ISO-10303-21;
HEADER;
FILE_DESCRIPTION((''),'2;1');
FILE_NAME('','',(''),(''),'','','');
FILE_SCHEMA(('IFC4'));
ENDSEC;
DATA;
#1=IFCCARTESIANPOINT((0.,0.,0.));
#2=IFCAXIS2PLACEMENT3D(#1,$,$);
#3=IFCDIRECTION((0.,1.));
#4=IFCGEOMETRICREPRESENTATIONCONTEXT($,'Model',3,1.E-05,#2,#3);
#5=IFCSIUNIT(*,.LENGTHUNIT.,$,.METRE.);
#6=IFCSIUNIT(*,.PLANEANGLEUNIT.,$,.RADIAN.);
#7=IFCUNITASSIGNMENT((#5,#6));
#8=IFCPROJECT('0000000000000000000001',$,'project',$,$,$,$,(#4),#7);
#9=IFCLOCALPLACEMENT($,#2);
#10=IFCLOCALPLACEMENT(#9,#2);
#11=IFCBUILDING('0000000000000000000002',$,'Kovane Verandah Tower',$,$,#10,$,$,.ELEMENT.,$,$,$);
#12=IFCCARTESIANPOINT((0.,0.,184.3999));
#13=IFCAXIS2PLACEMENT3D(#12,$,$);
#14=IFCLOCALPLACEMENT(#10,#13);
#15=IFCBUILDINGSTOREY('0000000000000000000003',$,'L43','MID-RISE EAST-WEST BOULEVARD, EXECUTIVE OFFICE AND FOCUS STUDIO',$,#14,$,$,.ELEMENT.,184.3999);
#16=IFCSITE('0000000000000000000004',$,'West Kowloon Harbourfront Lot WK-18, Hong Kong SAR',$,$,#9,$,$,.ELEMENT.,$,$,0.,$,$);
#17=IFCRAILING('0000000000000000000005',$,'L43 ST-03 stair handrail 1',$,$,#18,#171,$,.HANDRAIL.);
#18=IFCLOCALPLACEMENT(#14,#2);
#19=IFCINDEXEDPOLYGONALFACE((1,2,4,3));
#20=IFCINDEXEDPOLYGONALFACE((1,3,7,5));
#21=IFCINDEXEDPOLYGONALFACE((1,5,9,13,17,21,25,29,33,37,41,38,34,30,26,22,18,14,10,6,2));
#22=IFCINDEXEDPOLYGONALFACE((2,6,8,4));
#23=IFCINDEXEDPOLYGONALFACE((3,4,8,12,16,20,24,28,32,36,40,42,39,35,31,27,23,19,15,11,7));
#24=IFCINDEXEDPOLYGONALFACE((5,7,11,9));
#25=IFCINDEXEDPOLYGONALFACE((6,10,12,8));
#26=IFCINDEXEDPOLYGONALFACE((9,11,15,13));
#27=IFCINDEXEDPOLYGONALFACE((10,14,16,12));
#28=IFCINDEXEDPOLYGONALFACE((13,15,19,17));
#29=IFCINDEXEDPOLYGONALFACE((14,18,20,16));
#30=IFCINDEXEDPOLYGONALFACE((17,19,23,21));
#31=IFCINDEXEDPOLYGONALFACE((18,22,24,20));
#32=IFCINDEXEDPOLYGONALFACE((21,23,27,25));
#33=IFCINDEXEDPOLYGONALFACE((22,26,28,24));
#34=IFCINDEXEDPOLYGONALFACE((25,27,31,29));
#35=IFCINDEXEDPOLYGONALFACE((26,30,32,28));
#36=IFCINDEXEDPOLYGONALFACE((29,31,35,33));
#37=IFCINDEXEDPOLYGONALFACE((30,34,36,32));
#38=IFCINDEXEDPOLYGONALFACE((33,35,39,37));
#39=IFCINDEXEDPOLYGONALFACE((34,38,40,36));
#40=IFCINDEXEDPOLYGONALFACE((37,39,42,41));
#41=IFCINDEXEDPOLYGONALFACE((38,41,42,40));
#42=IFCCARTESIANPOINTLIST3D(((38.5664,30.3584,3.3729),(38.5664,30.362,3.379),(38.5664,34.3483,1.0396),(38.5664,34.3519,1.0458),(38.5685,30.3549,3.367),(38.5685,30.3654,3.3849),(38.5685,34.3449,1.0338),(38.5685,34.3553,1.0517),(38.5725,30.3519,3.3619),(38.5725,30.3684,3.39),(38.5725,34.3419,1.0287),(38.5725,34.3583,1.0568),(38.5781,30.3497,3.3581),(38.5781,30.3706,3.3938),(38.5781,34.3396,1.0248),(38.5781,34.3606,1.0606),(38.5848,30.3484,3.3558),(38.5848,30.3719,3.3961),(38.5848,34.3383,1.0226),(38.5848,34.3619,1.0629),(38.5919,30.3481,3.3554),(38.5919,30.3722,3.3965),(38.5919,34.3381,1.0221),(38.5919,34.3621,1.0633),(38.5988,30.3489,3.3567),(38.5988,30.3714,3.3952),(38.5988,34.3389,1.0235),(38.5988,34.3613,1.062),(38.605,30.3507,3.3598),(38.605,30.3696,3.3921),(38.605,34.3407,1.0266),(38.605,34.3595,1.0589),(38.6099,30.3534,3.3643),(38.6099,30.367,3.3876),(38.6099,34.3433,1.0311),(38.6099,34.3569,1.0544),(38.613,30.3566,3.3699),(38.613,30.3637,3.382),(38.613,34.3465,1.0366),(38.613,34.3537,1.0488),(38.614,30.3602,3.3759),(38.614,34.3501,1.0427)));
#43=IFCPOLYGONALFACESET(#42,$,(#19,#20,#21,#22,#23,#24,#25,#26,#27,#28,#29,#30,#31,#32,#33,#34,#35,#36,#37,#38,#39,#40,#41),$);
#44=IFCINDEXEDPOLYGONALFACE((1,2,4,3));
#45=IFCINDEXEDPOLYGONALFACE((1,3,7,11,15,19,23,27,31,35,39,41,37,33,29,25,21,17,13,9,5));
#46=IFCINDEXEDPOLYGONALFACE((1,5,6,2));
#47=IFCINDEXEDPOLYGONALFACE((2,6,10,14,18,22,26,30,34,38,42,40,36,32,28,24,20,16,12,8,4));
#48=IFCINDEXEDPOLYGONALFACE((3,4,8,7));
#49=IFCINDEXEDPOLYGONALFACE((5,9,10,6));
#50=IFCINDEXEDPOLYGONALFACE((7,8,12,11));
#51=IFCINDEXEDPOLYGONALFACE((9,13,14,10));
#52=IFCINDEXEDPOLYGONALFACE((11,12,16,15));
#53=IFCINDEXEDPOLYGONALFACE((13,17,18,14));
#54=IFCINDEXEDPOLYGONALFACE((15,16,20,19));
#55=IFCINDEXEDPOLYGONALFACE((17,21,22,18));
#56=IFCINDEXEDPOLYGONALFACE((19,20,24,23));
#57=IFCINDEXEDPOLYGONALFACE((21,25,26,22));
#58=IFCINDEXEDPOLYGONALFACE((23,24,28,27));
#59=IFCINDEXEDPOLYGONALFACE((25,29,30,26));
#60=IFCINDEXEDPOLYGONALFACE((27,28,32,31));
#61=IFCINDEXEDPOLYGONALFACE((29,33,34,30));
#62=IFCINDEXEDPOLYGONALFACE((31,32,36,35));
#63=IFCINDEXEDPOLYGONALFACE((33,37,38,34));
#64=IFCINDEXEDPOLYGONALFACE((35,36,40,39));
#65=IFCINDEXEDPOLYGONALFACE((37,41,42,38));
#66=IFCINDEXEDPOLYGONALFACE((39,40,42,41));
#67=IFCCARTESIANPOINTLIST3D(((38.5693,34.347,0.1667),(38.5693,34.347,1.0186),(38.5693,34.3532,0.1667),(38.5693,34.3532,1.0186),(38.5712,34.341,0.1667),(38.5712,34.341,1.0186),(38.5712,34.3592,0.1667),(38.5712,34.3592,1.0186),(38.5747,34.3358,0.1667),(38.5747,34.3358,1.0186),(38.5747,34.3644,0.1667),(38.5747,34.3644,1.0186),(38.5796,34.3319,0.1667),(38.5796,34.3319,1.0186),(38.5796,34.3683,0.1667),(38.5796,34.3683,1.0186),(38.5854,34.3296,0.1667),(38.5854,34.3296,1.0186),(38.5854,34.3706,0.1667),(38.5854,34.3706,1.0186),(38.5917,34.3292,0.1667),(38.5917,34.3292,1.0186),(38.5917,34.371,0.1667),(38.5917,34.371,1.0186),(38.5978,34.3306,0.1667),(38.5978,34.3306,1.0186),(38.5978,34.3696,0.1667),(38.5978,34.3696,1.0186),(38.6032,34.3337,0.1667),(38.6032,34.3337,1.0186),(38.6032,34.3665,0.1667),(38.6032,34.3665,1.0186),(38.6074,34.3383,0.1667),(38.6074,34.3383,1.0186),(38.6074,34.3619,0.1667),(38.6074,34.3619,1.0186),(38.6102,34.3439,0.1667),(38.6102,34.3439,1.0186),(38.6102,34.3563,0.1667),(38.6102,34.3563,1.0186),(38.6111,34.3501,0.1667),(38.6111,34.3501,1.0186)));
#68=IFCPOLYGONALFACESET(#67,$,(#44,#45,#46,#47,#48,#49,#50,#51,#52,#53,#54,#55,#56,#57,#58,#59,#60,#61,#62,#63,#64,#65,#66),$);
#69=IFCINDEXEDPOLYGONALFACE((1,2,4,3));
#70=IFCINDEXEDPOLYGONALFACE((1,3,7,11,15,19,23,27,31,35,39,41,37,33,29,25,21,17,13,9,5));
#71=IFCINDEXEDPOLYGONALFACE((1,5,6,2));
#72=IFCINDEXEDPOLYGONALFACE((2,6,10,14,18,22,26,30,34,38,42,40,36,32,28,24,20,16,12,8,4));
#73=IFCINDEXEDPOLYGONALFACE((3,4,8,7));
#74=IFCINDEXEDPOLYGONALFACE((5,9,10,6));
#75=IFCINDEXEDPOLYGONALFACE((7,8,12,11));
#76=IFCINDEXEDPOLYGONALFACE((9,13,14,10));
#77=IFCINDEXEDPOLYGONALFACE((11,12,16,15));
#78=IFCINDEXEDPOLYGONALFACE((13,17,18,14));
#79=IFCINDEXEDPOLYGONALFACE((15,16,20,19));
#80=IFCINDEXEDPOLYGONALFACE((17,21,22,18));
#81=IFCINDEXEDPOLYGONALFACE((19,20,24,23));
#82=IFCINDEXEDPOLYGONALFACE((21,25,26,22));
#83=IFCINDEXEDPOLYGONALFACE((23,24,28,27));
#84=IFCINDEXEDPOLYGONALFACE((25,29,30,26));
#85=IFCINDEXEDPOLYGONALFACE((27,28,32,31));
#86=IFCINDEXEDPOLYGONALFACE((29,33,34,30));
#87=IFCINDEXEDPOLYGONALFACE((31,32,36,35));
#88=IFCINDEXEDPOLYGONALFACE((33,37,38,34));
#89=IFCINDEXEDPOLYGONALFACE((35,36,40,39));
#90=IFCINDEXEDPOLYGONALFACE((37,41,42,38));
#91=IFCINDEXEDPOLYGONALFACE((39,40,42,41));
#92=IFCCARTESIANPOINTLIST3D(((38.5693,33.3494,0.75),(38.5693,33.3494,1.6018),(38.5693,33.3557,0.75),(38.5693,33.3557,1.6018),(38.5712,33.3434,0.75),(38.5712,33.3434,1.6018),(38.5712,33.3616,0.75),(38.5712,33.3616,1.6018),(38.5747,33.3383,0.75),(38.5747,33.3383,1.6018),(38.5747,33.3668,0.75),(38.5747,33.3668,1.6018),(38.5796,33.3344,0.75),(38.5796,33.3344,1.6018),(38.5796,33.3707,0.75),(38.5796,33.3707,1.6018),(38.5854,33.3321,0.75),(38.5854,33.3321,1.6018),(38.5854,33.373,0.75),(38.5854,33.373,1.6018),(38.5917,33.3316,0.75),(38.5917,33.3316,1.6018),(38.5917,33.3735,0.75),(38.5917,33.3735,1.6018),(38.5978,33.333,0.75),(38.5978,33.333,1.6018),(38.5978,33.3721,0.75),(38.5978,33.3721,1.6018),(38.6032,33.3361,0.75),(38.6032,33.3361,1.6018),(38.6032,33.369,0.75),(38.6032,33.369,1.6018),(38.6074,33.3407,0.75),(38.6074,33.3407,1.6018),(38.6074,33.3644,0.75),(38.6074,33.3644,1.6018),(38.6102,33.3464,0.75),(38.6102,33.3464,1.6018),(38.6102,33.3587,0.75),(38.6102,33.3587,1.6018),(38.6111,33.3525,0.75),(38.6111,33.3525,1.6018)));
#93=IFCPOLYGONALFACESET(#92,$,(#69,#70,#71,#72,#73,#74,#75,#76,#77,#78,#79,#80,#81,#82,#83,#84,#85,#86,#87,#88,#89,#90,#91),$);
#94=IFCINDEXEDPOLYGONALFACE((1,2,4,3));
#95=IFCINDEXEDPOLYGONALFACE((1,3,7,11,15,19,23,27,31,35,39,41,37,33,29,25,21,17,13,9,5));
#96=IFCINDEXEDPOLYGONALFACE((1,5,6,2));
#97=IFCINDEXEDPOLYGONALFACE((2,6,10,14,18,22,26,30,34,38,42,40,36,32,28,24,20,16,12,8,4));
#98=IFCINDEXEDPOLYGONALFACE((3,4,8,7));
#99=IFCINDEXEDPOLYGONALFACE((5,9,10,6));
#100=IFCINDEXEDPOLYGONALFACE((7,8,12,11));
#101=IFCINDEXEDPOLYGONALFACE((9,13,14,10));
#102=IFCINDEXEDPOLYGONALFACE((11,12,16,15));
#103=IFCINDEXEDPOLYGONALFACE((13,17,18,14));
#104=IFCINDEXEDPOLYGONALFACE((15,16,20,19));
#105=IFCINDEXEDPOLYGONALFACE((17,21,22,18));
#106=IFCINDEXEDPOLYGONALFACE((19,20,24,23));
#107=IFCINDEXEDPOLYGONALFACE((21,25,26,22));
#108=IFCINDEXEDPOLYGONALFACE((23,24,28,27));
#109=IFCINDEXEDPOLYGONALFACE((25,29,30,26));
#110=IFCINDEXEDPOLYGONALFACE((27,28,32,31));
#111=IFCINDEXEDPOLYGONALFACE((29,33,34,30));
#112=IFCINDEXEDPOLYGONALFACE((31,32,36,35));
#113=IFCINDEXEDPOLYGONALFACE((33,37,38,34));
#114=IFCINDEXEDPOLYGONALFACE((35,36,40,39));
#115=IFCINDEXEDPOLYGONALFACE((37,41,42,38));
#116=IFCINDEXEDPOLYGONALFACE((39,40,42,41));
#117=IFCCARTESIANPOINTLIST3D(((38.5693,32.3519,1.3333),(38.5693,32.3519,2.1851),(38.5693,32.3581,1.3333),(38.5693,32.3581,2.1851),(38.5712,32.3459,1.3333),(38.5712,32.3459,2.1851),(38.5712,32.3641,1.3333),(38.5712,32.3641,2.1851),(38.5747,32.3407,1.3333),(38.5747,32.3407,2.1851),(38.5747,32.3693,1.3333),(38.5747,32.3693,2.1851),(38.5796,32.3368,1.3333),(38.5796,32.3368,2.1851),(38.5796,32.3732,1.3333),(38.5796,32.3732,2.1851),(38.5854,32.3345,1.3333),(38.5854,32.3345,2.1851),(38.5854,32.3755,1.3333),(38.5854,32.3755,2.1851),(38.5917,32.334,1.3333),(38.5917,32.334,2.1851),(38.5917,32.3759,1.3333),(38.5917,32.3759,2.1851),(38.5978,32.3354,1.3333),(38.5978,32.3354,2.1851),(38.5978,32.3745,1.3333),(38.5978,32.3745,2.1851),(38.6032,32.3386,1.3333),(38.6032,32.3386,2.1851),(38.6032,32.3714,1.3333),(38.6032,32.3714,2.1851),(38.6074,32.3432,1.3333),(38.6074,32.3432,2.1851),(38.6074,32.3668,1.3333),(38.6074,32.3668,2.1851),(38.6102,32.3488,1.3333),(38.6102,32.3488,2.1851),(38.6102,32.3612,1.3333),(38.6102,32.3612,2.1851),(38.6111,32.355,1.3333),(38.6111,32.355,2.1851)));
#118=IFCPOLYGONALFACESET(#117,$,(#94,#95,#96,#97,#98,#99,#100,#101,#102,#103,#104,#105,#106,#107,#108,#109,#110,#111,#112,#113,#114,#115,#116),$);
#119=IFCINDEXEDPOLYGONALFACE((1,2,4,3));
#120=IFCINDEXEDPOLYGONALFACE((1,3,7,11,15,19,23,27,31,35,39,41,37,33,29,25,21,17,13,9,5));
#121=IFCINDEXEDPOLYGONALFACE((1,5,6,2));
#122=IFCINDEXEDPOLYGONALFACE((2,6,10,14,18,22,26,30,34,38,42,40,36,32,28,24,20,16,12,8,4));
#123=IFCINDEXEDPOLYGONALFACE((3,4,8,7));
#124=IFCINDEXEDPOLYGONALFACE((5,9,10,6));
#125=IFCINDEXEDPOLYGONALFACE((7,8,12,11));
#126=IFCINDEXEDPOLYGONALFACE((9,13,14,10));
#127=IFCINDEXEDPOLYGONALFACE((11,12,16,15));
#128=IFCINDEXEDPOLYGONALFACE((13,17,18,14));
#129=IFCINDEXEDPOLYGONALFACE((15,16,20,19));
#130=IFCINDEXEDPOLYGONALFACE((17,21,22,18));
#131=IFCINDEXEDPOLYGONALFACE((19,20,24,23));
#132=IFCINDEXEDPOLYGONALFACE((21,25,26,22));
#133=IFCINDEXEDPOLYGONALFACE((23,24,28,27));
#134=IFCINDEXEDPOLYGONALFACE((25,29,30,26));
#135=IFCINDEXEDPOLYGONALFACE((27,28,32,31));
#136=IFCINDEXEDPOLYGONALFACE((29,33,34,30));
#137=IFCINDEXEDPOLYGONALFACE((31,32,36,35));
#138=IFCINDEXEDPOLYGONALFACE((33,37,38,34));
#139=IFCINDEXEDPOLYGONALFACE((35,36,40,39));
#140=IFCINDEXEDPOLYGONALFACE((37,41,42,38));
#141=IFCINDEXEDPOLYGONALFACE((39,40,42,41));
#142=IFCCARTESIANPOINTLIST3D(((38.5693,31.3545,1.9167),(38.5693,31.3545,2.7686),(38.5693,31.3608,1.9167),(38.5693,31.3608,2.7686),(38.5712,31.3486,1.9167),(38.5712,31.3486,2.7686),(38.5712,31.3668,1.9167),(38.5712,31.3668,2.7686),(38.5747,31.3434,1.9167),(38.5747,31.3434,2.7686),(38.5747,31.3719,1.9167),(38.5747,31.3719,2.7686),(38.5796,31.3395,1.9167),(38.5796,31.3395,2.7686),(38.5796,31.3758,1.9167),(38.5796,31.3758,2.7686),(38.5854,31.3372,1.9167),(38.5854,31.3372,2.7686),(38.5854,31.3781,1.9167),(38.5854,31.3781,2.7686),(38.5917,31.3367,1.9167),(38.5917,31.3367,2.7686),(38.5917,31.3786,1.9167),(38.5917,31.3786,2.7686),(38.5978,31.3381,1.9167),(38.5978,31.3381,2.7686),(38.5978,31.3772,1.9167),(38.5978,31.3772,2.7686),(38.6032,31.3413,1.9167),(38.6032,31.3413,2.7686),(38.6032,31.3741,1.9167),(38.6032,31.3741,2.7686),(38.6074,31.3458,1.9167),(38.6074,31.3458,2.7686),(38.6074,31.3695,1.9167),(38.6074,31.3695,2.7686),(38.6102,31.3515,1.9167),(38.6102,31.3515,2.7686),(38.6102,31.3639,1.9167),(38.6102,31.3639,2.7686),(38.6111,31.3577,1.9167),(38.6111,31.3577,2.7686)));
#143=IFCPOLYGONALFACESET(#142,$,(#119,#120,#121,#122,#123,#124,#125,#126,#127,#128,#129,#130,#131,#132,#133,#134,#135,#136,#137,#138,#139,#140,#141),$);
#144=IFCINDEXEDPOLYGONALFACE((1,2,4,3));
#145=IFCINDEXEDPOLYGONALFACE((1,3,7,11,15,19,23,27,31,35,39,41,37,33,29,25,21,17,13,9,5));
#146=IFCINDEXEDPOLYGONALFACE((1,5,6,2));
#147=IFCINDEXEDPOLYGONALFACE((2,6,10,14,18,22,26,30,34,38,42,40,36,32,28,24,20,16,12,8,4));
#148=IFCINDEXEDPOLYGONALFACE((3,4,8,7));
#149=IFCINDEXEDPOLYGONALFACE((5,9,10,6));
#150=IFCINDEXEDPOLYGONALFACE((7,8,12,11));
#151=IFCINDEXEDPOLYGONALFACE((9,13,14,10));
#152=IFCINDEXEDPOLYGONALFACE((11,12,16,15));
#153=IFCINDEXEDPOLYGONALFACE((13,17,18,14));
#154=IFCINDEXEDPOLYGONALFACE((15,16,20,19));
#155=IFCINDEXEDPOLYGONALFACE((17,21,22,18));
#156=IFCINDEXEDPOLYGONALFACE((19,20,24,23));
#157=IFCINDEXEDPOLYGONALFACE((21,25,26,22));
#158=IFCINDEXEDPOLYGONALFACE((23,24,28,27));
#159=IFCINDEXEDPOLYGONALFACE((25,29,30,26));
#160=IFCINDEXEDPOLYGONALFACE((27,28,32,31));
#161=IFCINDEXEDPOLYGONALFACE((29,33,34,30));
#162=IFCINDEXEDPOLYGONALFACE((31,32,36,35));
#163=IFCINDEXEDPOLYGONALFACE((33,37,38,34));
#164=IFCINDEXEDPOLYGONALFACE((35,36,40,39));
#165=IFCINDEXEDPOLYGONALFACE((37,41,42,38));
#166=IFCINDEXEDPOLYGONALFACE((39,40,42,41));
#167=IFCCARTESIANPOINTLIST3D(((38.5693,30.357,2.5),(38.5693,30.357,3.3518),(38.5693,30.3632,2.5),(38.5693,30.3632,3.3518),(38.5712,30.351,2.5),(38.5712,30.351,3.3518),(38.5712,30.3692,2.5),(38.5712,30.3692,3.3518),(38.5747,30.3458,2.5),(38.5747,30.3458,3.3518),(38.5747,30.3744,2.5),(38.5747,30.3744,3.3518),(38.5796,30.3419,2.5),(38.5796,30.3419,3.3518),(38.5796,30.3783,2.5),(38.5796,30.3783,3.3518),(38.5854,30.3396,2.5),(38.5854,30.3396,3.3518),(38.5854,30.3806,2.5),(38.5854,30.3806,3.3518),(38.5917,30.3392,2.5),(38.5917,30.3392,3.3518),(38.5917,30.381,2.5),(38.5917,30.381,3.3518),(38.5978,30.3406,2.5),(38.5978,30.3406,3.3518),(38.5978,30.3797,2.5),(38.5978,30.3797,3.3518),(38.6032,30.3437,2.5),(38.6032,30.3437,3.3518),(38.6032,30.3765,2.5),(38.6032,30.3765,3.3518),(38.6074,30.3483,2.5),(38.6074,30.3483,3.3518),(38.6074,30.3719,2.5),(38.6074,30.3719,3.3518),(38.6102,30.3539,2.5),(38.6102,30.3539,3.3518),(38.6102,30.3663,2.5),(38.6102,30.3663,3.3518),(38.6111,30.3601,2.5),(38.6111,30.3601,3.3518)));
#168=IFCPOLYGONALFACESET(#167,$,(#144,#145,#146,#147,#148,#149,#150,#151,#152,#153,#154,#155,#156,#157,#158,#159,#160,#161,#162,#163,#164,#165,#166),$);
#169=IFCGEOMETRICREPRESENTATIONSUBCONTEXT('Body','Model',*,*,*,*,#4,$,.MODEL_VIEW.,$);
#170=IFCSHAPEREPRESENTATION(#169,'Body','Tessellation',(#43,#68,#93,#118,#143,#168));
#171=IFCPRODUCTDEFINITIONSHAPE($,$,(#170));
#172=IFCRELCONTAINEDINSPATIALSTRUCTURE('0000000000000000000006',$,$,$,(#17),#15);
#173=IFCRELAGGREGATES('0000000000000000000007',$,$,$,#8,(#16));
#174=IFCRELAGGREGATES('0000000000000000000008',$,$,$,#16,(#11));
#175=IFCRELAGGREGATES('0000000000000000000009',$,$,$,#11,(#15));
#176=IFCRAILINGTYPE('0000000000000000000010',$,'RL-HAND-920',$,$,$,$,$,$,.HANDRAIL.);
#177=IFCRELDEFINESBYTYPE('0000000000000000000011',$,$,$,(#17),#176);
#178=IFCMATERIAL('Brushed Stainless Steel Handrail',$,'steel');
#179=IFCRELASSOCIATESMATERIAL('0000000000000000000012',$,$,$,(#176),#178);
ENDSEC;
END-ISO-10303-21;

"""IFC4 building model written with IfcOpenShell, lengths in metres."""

from ifc_helpers import new_model, si_unit, direction, frame, origin, origin_2d, place, context, subcontext, project, spatial, circle, extrude, material, type_object, element, save


model = new_model("IFC4")

# Units and contexts
model_context = context("Model", 3, precision=1e-05, world=origin(), true_north=direction((0.0, 1.0)))
body_context = subcontext(model_context, "Body", "Model", "MODEL_VIEW")
ifc_project = project(units=[si_unit("LENGTHUNIT", "METRE"), si_unit("PLANEANGLEUNIT", "RADIAN")], contexts=[model_context])

# Site, building, storey
site_placement = place(None, origin())
site = spatial("IfcSite", under=ifc_project, at=site_placement, Name="West Kowloon Harbourfront Lot WK-18, Hong Kong SAR", CompositionType="ELEMENT", RefElevation=0.0)
building_placement = place(site_placement, origin())
building = spatial("IfcBuilding", under=site, at=building_placement, Name="Kovane Verandah Tower", CompositionType="ELEMENT")
storey_placement = place(building_placement, frame((0.0, 0.0, 184.3999)))
storey = spatial("IfcBuildingStorey", under=building, at=storey_placement, Name="L43", Description="MID-RISE EAST-WEST BOULEVARD, EXECUTIVE OFFICE AND FOCUS STUDIO", CompositionType="ELEMENT", Elevation=184.3999)

# Railing
ifc_material_1 = material(Name="Brushed Stainless Steel Handrail", Category="steel")
railing_type_1 = type_object("IfcRailingType", Name="RL-HAND-920", PredefinedType="HANDRAIL", material=ifc_material_1)
railing_1_placement = place(storey_placement, frame((38.5901, 34.3501, 0.1667)))
element("IfcRailing", 1, at=railing_1_placement, inside=storey, type_object=railing_type_1, Name="L43 ST-03 stair handrail 1", PredefinedType="HANDRAIL", context=body_context, shape_type="SweptSolid", body=[
    extrude(circle(Radius=0.0239, at=origin_2d()), frame((0.0, 0.0, 0.876), z_axis=(0.0, -0.863236, 0.5048), x_axis=(1.0, 0.0, 0.0)), (0.0, 0.0, 1.0), 4.6221),
    extrude(circle(Radius=0.021, at=origin_2d()), origin(), (0.0, 0.0, 1.0), 0.8518),
    extrude(circle(Radius=0.021, at=origin_2d()), frame((0.0, -0.9976, 0.5833)), (0.0, 0.0, 1.0), 0.8518),
    extrude(circle(Radius=0.021, at=origin_2d()), frame((0.0, -1.9951, 1.1665)), (0.0, 0.0, 1.0), 0.8518),
    extrude(circle(Radius=0.021, at=origin_2d()), frame((0.0, -2.9924, 1.75)), (0.0, 0.0, 1.0), 0.8518),
    extrude(circle(Radius=0.021, at=origin_2d()), frame((0.0, -3.99, 2.3333)), (0.0, 0.0, 1.0), 0.8518),
])

save(model, "model.ifc")
